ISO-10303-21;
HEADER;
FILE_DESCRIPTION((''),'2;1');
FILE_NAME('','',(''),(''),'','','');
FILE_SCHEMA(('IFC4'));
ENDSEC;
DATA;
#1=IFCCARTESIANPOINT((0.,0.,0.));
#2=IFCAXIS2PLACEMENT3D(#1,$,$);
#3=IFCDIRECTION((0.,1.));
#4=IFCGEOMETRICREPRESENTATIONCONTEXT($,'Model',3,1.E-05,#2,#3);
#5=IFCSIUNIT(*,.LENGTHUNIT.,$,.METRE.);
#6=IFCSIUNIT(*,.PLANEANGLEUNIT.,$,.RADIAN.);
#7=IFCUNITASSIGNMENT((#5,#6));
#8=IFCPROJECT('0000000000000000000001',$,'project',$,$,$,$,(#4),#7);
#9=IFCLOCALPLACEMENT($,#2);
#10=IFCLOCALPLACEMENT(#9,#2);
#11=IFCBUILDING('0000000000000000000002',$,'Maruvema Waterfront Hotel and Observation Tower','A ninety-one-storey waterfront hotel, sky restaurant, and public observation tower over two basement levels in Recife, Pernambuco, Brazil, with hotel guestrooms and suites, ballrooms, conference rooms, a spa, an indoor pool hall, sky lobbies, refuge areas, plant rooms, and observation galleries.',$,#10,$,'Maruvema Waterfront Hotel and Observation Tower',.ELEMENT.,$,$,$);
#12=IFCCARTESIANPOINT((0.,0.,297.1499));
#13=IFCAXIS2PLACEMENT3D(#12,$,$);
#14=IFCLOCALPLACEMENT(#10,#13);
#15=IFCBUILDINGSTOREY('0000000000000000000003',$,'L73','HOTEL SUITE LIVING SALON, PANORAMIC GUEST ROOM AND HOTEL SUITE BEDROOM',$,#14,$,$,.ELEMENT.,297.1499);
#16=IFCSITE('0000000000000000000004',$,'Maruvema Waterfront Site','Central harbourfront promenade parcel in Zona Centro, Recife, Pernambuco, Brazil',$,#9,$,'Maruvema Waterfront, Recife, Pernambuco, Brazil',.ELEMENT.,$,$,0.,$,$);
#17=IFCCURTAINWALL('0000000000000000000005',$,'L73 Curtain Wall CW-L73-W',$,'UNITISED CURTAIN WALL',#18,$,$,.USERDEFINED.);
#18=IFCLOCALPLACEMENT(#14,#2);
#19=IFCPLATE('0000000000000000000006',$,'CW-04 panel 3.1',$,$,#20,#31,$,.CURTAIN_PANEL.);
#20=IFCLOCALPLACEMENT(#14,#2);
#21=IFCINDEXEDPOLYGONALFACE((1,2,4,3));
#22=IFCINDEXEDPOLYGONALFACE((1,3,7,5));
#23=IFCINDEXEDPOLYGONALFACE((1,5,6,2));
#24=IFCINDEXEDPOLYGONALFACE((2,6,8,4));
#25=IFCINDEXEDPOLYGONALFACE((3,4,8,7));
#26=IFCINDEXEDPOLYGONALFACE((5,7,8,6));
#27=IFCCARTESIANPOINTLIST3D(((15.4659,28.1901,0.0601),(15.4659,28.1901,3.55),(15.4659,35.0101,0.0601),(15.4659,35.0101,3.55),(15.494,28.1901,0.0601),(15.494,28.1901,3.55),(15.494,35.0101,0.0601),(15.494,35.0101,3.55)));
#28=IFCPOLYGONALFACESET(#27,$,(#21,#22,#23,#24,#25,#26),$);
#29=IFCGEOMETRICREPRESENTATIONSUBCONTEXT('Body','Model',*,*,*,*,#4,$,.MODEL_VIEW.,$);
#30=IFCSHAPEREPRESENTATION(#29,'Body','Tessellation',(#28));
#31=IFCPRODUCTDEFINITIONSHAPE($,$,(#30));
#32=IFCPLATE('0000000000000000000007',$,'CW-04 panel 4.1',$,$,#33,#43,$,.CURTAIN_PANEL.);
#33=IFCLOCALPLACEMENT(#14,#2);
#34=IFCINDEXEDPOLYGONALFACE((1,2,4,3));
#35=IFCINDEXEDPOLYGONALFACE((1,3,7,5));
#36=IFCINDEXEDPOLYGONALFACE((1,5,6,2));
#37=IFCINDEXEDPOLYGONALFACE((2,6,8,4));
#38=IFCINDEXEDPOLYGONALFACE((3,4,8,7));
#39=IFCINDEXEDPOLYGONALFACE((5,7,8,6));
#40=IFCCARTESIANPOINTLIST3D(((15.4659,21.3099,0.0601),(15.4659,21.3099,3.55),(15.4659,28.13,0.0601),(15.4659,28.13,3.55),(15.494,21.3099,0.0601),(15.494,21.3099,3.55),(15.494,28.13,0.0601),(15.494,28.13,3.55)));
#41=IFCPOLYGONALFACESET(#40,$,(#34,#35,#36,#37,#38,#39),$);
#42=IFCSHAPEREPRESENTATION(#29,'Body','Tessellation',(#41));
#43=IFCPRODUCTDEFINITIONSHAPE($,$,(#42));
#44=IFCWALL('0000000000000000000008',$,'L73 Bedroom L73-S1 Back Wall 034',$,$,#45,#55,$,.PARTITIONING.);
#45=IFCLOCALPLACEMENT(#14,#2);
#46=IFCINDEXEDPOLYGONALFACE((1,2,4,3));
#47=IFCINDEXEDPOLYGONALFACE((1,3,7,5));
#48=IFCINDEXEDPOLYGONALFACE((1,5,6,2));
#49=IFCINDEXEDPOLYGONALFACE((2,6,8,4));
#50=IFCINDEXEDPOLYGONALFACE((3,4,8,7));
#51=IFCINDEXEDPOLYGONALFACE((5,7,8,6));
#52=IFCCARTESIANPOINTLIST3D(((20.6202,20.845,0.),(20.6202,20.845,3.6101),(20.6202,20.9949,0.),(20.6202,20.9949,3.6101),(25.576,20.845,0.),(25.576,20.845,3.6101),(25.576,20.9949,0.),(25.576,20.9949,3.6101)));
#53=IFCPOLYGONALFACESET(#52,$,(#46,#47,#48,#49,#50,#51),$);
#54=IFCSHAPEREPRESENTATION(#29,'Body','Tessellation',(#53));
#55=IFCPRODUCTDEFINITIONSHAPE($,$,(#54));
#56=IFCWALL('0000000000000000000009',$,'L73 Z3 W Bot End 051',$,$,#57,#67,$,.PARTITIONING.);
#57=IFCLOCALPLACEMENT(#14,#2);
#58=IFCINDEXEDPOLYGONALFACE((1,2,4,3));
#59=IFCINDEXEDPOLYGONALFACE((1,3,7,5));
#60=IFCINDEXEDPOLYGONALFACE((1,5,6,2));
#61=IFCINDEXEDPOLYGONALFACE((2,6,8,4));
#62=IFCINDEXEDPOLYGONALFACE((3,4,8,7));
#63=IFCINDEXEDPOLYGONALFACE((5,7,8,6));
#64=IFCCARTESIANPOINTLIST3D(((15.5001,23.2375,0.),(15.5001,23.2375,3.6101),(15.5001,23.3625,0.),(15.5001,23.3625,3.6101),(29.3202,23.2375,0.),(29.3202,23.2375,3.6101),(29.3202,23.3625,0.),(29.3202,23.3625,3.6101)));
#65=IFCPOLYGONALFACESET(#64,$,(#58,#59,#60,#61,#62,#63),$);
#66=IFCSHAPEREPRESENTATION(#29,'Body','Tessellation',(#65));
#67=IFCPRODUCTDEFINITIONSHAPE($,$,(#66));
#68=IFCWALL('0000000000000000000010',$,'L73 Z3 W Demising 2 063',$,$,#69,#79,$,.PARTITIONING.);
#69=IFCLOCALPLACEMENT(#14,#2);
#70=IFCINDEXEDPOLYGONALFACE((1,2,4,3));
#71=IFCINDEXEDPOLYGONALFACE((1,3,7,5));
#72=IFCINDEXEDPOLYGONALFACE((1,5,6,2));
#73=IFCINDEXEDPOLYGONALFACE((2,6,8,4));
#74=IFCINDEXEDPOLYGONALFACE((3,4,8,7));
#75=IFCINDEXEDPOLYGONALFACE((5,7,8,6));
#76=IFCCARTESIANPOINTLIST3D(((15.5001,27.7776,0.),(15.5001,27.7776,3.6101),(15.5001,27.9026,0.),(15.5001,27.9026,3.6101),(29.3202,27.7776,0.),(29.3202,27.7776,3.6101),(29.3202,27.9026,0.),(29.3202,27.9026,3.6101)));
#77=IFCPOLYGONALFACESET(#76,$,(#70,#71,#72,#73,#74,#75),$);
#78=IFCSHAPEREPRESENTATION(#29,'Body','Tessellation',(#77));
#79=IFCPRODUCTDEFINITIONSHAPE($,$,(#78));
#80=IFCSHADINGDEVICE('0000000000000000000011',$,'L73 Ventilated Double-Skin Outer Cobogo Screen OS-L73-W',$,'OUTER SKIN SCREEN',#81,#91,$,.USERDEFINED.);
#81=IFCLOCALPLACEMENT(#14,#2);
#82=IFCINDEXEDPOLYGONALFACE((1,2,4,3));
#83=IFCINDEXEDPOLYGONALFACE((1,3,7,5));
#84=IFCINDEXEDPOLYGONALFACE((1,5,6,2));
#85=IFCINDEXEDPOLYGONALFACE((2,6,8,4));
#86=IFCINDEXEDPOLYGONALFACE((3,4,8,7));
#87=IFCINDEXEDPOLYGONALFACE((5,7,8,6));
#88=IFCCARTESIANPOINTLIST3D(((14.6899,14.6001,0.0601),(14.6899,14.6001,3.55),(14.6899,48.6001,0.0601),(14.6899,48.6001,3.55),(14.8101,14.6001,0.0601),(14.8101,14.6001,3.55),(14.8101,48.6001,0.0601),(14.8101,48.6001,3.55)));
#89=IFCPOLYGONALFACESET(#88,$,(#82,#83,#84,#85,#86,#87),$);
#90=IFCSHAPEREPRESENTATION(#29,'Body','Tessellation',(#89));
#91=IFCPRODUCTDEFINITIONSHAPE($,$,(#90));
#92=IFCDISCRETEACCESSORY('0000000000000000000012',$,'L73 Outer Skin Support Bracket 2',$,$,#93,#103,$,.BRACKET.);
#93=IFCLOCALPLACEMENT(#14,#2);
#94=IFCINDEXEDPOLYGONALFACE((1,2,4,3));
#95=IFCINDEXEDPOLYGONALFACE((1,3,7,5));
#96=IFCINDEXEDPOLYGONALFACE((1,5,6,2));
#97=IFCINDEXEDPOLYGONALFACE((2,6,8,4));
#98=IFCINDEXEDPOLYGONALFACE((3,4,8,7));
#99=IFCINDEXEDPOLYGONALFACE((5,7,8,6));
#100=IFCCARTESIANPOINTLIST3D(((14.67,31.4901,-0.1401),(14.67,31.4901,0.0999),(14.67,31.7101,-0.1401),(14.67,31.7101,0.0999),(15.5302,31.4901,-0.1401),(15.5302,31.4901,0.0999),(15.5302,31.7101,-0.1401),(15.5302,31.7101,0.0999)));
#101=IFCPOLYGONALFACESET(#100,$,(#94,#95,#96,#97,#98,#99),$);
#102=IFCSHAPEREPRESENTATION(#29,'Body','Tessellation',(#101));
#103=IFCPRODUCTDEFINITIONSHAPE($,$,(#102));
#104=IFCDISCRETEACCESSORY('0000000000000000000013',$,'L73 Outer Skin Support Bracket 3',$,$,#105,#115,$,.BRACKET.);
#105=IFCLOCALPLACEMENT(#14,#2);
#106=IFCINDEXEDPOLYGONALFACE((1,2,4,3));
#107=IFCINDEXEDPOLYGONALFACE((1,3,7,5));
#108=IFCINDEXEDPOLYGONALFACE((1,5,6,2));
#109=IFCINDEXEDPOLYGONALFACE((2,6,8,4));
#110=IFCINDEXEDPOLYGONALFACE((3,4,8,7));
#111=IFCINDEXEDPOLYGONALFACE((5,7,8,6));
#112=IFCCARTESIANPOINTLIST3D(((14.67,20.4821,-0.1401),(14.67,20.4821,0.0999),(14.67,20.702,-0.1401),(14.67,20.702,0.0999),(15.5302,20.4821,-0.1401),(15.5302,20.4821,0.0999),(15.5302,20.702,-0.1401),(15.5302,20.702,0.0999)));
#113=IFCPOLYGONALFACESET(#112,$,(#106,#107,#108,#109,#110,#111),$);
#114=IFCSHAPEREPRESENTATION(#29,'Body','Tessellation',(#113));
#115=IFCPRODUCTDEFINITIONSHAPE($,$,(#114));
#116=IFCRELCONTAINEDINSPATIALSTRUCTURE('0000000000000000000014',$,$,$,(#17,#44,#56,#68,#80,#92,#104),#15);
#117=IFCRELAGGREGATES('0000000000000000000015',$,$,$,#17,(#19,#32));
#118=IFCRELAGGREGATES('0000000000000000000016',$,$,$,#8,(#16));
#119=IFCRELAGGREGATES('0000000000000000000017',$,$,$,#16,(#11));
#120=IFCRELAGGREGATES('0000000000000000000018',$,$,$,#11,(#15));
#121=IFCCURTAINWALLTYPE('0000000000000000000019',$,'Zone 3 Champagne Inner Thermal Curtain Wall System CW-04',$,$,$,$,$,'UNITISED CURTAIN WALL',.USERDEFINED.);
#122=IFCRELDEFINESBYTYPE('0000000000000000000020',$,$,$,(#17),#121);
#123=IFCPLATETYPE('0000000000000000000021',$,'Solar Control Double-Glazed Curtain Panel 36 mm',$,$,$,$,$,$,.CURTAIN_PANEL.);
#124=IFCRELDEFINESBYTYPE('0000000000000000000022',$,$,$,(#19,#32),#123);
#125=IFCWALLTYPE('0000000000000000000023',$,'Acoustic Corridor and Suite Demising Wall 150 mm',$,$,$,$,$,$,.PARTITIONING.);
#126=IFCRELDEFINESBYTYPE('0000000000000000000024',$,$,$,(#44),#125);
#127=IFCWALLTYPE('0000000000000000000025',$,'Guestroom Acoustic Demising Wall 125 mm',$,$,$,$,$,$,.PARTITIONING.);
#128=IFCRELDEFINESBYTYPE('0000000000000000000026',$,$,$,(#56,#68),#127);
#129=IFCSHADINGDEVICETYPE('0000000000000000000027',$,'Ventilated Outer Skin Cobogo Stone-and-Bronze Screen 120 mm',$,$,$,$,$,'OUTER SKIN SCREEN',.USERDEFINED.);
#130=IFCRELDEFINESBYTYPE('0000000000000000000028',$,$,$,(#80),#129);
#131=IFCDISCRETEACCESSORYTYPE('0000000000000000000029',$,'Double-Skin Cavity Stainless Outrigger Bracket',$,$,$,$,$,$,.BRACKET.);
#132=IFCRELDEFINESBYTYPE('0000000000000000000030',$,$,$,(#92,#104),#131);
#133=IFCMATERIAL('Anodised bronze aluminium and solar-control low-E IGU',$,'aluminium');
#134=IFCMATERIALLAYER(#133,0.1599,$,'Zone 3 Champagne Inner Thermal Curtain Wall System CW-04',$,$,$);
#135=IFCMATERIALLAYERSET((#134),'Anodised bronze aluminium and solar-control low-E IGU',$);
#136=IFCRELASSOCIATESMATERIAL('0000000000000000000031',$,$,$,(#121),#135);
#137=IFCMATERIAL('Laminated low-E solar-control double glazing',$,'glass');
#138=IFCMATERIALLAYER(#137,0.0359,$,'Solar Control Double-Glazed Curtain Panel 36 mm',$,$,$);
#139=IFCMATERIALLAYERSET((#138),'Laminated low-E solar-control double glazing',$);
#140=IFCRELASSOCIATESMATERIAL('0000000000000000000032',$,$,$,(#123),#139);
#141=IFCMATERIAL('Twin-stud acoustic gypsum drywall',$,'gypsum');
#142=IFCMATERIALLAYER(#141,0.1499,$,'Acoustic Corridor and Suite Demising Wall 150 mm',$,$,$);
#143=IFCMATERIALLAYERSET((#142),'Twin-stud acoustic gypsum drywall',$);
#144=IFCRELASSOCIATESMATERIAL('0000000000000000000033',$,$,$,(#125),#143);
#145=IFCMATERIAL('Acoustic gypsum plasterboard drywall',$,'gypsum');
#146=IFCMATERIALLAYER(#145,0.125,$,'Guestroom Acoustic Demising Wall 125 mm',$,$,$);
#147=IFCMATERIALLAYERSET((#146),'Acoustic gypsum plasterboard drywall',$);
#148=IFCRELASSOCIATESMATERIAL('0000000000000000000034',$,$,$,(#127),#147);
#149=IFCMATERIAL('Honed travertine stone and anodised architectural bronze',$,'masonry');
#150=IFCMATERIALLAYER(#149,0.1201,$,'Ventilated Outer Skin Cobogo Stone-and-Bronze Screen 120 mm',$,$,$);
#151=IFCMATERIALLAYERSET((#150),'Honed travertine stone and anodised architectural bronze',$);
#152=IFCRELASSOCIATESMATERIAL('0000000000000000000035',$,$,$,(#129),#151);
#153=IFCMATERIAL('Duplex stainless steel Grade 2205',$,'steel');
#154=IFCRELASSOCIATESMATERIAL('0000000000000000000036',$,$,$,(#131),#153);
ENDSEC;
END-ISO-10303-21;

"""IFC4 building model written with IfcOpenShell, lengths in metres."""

from ifc_helpers import new_model, si_unit, direction, frame, frame_2d, origin, origin_2d, place, context, subcontext, project, spatial, rectangle, extrude, material, layer, layer_set, type_object, element, aggregate, save


model = new_model("IFC4")

# Units and contexts
model_context = context("Model", 3, precision=1e-05, world=origin(), true_north=direction((0.0, 1.0)))
body_context = subcontext(model_context, "Body", "Model", "MODEL_VIEW")
ifc_project = project(units=[si_unit("LENGTHUNIT", "METRE"), si_unit("PLANEANGLEUNIT", "RADIAN")], contexts=[model_context])

# Site, building, storey
site_placement = place(None, origin())
site = spatial("IfcSite", under=ifc_project, at=site_placement, Name="Maruvema Waterfront Site", Description="Central harbourfront promenade parcel in Zona Centro, Recife, Pernambuco, Brazil", LongName="Maruvema Waterfront, Recife, Pernambuco, Brazil", CompositionType="ELEMENT", RefElevation=0.0)
building_placement = place(site_placement, origin())
building = spatial("IfcBuilding", under=site, at=building_placement, Name="Maruvema Waterfront Hotel and Observation Tower", Description="A ninety-one-storey waterfront hotel, sky restaurant, and public observation tower over two basement levels in Recife, Pernambuco, Brazil, with hotel guestrooms and suites, ballrooms, conference rooms, a spa, an indoor pool hall, sky lobbies, refuge areas, plant rooms, and observation galleries.", LongName="Maruvema Waterfront Hotel and Observation Tower", CompositionType="ELEMENT")
storey_placement = place(building_placement, frame((0.0, 0.0, 297.1499)))
storey = spatial("IfcBuildingStorey", under=building, at=storey_placement, Name="L73", Description="HOTEL SUITE LIVING SALON, PANORAMIC GUEST ROOM AND HOTEL SUITE BEDROOM", CompositionType="ELEMENT", Elevation=297.1499)

# Curtain wall
ifc_material_1 = material(Name="Anodised bronze aluminium and solar-control low-E IGU", Category="aluminium")
ifc_layer_1 = layer(ifc_material_1, 0.1599, Name="Zone 3 Champagne Inner Thermal Curtain Wall System CW-04")
ifc_layer_set_1 = layer_set([ifc_layer_1], Name="Anodised bronze aluminium and solar-control low-E IGU")
curtain_wall_type = type_object("IfcCurtainWallType", Name="Zone 3 Champagne Inner Thermal Curtain Wall System CW-04", ElementType="UNITISED CURTAIN WALL", PredefinedType="USERDEFINED", material=ifc_layer_set_1)
curtain_wall_placement = place(storey_placement, origin())
curtain_wall = element("IfcCurtainWall", 1, at=curtain_wall_placement, inside=storey, type_object=curtain_wall_type, Name="L73 Curtain Wall CW-L73-W", ObjectType="UNITISED CURTAIN WALL", PredefinedType="USERDEFINED")

# Plates
ifc_material_2 = material(Name="Laminated low-E solar-control double glazing", Category="glass")
ifc_layer_2 = layer(ifc_material_2, 0.0359, Name="Solar Control Double-Glazed Curtain Panel 36 mm")
ifc_layer_set_2 = layer_set([ifc_layer_2], Name="Laminated low-E solar-control double glazing")
plate_type = type_object("IfcPlateType", Name="Solar Control Double-Glazed Curtain Panel 36 mm", PredefinedType="CURTAIN_PANEL", material=ifc_layer_set_2)
plate_1_placement = place(storey_placement, frame((15.48, 31.6001, 0.0601), z_axis=(0.0, 0.0, 1.0), x_axis=(0.0, -1.0, 0.0)))
plate_1 = element("IfcPlate", 2, at=plate_1_placement, type_object=plate_type, Name="CW-04 panel 3.1", PredefinedType="CURTAIN_PANEL", context=body_context, shape_type="SweptSolid", body=[
    extrude(rectangle(XDim=6.8201, YDim=0.0281, at=origin_2d()), origin(), (0.0, 0.0, 1.0), 3.49),
])
plate_2_placement = place(storey_placement, frame((15.48, 24.72, 0.0601), z_axis=(0.0, 0.0, 1.0), x_axis=(0.0, -1.0, 0.0)))
plate_2 = element("IfcPlate", 3, at=plate_2_placement, type_object=plate_type, Name="CW-04 panel 4.1", PredefinedType="CURTAIN_PANEL", context=body_context, shape_type="SweptSolid", body=[
    extrude(rectangle(XDim=6.8201, YDim=0.0281, at=origin_2d()), origin(), (0.0, 0.0, 1.0), 3.49),
])
aggregate(curtain_wall, [plate_1, plate_2])

# Walls
ifc_material_3 = material(Name="Twin-stud acoustic gypsum drywall", Category="gypsum")
ifc_layer_3 = layer(ifc_material_3, 0.1499, Name="Acoustic Corridor and Suite Demising Wall 150 mm")
ifc_layer_set_3 = layer_set([ifc_layer_3], Name="Twin-stud acoustic gypsum drywall")
wall_type_1 = type_object("IfcWallType", Name="Acoustic Corridor and Suite Demising Wall 150 mm", PredefinedType="PARTITIONING", material=ifc_layer_set_3)
wall_placement = place(storey_placement, frame((20.6201, 20.9199, 0.0), z_axis=(0.0, 0.0, 1.0), x_axis=(1.0, 0.0, 0.0)))
element("IfcWall", 4, at=wall_placement, inside=storey, type_object=wall_type_1, Name="L73 Bedroom L73-S1 Back Wall 034", PredefinedType="PARTITIONING", context=body_context, shape_type="SweptSolid", body=[
    extrude(rectangle(XDim=4.9558, YDim=0.1499, at=frame_2d((2.478, 0.0))), origin(), (0.0, 0.0, 1.0), 3.6101),
])
ifc_material_4 = material(Name="Acoustic gypsum plasterboard drywall", Category="gypsum")
ifc_layer_4 = layer(ifc_material_4, 0.125, Name="Guestroom Acoustic Demising Wall 125 mm")
ifc_layer_set_4 = layer_set([ifc_layer_4], Name="Acoustic gypsum plasterboard drywall")
wall_type_2 = type_object("IfcWallType", Name="Guestroom Acoustic Demising Wall 125 mm", PredefinedType="PARTITIONING", material=ifc_layer_set_4)
for number, where, z_axis, x_axis, name in (
    (5, (15.5, 23.3, 0.0), (0.0, 0.0, 1.0), (1.0, 0.0, 0.0), "L73 Z3 W Bot End 051"),
    (6, (15.5, 27.8401, 0.0), (0.0, 0.0, 1.0), (1.0, 0.0, 0.0), "L73 Z3 W Demising 2 063"),
):
    element("IfcWall", number, at=place(storey_placement, frame(where, z_axis=z_axis, x_axis=x_axis)), inside=storey, type_object=wall_type_2, Name=name, PredefinedType="PARTITIONING", context=body_context, shape_type="SweptSolid", body=[
        extrude(rectangle(XDim=13.8201, YDim=0.125, at=frame_2d((6.9102, 0.0))), origin(), (0.0, 0.0, 1.0), 3.6101),
    ])

# Shading device
ifc_material_5 = material(Name="Honed travertine stone and anodised architectural bronze", Category="masonry")
ifc_layer_5 = layer(ifc_material_5, 0.1201, Name="Ventilated Outer Skin Cobogo Stone-and-Bronze Screen 120 mm")
ifc_layer_set_5 = layer_set([ifc_layer_5], Name="Honed travertine stone and anodised architectural bronze")
shading_device_type = type_object("IfcShadingDeviceType", Name="Ventilated Outer Skin Cobogo Stone-and-Bronze Screen 120 mm", ElementType="OUTER SKIN SCREEN", PredefinedType="USERDEFINED", material=ifc_layer_set_5)
shading_device_placement = place(storey_placement, frame((14.75, 31.6001, 0.0601), z_axis=(0.0, 0.0, 1.0), x_axis=(0.0, -1.0, 0.0)))
element("IfcShadingDevice", 7, at=shading_device_placement, inside=storey, type_object=shading_device_type, Name="L73 Ventilated Double-Skin Outer Cobogo Screen OS-L73-W", ObjectType="OUTER SKIN SCREEN", PredefinedType="USERDEFINED", context=body_context, shape_type="SweptSolid", body=[
    extrude(rectangle(XDim=34.0, YDim=0.1201, at=origin_2d()), origin(), (0.0, 0.0, 1.0), 3.49),
])

# Discrete accessories
ifc_material_6 = material(Name="Duplex stainless steel Grade 2205", Category="steel")
discrete_accessory_type = type_object("IfcDiscreteAccessoryType", Name="Double-Skin Cavity Stainless Outrigger Bracket", PredefinedType="BRACKET", material=ifc_material_6)
for number, where, z_axis, x_axis, name in (
    (8, (15.1001, 31.6001, -0.1401), (0.0, 0.0, 1.0), (0.0, -1.0, 0.0), "L73 Outer Skin Support Bracket 2"),
    (9, (15.1001, 20.592, -0.1401), (0.0, 0.0, 1.0), (0.0, -1.0, 0.0), "L73 Outer Skin Support Bracket 3"),
):
    element("IfcDiscreteAccessory", number, at=place(storey_placement, frame(where, z_axis=z_axis, x_axis=x_axis)), inside=storey, type_object=discrete_accessory_type, Name=name, PredefinedType="BRACKET", context=body_context, shape_type="SweptSolid", body=[
        extrude(rectangle(XDim=0.22, YDim=0.8601, at=origin_2d()), origin(), (0.0, 0.0, 1.0), 0.24),
    ])

save(model, "model.ifc")
